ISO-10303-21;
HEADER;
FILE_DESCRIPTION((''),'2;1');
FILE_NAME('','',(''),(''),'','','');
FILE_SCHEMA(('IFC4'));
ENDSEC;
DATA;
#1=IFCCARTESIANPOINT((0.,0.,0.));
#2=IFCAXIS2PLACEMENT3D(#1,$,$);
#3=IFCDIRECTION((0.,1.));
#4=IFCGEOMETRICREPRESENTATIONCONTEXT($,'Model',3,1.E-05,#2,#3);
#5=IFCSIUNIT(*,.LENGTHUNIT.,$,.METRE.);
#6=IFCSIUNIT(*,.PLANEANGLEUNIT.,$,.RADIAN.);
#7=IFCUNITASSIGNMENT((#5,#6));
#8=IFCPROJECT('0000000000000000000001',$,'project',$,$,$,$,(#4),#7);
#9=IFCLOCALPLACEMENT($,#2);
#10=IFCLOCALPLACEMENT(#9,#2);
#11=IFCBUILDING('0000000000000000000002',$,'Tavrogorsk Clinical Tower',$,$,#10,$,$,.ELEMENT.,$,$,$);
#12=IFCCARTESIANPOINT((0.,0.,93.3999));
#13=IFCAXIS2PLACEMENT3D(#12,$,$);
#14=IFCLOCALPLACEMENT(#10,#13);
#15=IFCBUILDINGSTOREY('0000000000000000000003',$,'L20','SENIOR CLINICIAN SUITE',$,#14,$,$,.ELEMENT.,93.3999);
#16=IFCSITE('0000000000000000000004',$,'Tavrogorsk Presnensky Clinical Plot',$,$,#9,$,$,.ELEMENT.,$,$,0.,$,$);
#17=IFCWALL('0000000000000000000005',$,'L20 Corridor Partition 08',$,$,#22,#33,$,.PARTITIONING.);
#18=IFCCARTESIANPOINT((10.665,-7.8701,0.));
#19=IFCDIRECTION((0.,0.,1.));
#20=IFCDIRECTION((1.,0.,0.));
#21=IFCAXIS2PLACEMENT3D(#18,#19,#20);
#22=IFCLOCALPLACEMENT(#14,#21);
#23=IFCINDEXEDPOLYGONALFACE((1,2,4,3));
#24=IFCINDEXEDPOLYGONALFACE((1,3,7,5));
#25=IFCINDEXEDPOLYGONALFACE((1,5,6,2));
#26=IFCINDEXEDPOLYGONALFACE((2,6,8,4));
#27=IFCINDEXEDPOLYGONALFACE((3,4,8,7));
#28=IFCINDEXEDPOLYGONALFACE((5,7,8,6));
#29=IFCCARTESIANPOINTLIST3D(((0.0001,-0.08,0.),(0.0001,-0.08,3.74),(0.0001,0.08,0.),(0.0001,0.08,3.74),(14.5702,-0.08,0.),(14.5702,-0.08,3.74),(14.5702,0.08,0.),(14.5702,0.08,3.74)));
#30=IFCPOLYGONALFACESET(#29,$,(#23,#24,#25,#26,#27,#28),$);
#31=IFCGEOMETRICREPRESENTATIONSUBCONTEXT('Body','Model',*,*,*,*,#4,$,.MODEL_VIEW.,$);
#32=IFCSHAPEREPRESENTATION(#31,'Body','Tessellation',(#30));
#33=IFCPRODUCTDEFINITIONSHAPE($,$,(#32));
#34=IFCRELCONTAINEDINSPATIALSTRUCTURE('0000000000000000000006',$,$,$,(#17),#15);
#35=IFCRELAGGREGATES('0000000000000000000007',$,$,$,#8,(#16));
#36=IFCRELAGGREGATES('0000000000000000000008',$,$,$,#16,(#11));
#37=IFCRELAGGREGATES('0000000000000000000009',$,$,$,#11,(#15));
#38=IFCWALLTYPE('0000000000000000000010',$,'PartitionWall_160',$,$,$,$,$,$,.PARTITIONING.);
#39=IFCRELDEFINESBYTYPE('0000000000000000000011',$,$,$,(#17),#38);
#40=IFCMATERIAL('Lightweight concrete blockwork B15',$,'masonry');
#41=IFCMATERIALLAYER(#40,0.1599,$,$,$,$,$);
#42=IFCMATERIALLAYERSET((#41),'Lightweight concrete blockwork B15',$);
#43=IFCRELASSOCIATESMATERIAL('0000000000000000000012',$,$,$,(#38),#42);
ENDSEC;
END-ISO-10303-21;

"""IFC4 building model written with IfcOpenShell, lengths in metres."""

from ifc_helpers import new_model, si_unit, direction, frame, frame_2d, origin, place, context, subcontext, project, spatial, rectangle, extrude, material, layer, layer_set, type_object, element, save


model = new_model("IFC4")

# Units and contexts
model_context = context("Model", 3, precision=1e-05, world=origin(), true_north=direction((0.0, 1.0)))
body_context = subcontext(model_context, "Body", "Model", "MODEL_VIEW")
ifc_project = project(units=[si_unit("LENGTHUNIT", "METRE"), si_unit("PLANEANGLEUNIT", "RADIAN")], contexts=[model_context])

# Site, building, storey
site_placement = place(None, origin())
site = spatial("IfcSite", under=ifc_project, at=site_placement, Name="Tavrogorsk Presnensky Clinical Plot", CompositionType="ELEMENT", RefElevation=0.0)
building_placement = place(site_placement, origin())
building = spatial("IfcBuilding", under=site, at=building_placement, Name="Tavrogorsk Clinical Tower", CompositionType="ELEMENT")
storey_placement = place(building_placement, frame((0.0, 0.0, 93.3999)))
storey = spatial("IfcBuildingStorey", under=building, at=storey_placement, Name="L20", Description="SENIOR CLINICIAN SUITE", CompositionType="ELEMENT", Elevation=93.3999)

# Wall
ifc_material_1 = material(Name="Lightweight concrete blockwork B15", Category="masonry")
ifc_layer_1 = layer(ifc_material_1, 0.1599)
ifc_layer_set_1 = layer_set([ifc_layer_1], Name="Lightweight concrete blockwork B15")
wall_type_1 = type_object("IfcWallType", Name="PartitionWall_160", PredefinedType="PARTITIONING", material=ifc_layer_set_1)
wall_1_placement = place(storey_placement, frame((10.665, -7.8701, 0.0), z_axis=(0.0, 0.0, 1.0), x_axis=(1.0, 0.0, 0.0)))
element("IfcWall", 1, at=wall_1_placement, inside=storey, type_object=wall_type_1, Name="L20 Corridor Partition 08", PredefinedType="PARTITIONING", context=body_context, shape_type="SweptSolid", body=[
    extrude(rectangle(XDim=14.5701, YDim=0.1599, at=frame_2d((7.2852, 0.0))), origin(), (0.0, 0.0, 1.0), 3.74),
])

save(model, "model.ifc")
